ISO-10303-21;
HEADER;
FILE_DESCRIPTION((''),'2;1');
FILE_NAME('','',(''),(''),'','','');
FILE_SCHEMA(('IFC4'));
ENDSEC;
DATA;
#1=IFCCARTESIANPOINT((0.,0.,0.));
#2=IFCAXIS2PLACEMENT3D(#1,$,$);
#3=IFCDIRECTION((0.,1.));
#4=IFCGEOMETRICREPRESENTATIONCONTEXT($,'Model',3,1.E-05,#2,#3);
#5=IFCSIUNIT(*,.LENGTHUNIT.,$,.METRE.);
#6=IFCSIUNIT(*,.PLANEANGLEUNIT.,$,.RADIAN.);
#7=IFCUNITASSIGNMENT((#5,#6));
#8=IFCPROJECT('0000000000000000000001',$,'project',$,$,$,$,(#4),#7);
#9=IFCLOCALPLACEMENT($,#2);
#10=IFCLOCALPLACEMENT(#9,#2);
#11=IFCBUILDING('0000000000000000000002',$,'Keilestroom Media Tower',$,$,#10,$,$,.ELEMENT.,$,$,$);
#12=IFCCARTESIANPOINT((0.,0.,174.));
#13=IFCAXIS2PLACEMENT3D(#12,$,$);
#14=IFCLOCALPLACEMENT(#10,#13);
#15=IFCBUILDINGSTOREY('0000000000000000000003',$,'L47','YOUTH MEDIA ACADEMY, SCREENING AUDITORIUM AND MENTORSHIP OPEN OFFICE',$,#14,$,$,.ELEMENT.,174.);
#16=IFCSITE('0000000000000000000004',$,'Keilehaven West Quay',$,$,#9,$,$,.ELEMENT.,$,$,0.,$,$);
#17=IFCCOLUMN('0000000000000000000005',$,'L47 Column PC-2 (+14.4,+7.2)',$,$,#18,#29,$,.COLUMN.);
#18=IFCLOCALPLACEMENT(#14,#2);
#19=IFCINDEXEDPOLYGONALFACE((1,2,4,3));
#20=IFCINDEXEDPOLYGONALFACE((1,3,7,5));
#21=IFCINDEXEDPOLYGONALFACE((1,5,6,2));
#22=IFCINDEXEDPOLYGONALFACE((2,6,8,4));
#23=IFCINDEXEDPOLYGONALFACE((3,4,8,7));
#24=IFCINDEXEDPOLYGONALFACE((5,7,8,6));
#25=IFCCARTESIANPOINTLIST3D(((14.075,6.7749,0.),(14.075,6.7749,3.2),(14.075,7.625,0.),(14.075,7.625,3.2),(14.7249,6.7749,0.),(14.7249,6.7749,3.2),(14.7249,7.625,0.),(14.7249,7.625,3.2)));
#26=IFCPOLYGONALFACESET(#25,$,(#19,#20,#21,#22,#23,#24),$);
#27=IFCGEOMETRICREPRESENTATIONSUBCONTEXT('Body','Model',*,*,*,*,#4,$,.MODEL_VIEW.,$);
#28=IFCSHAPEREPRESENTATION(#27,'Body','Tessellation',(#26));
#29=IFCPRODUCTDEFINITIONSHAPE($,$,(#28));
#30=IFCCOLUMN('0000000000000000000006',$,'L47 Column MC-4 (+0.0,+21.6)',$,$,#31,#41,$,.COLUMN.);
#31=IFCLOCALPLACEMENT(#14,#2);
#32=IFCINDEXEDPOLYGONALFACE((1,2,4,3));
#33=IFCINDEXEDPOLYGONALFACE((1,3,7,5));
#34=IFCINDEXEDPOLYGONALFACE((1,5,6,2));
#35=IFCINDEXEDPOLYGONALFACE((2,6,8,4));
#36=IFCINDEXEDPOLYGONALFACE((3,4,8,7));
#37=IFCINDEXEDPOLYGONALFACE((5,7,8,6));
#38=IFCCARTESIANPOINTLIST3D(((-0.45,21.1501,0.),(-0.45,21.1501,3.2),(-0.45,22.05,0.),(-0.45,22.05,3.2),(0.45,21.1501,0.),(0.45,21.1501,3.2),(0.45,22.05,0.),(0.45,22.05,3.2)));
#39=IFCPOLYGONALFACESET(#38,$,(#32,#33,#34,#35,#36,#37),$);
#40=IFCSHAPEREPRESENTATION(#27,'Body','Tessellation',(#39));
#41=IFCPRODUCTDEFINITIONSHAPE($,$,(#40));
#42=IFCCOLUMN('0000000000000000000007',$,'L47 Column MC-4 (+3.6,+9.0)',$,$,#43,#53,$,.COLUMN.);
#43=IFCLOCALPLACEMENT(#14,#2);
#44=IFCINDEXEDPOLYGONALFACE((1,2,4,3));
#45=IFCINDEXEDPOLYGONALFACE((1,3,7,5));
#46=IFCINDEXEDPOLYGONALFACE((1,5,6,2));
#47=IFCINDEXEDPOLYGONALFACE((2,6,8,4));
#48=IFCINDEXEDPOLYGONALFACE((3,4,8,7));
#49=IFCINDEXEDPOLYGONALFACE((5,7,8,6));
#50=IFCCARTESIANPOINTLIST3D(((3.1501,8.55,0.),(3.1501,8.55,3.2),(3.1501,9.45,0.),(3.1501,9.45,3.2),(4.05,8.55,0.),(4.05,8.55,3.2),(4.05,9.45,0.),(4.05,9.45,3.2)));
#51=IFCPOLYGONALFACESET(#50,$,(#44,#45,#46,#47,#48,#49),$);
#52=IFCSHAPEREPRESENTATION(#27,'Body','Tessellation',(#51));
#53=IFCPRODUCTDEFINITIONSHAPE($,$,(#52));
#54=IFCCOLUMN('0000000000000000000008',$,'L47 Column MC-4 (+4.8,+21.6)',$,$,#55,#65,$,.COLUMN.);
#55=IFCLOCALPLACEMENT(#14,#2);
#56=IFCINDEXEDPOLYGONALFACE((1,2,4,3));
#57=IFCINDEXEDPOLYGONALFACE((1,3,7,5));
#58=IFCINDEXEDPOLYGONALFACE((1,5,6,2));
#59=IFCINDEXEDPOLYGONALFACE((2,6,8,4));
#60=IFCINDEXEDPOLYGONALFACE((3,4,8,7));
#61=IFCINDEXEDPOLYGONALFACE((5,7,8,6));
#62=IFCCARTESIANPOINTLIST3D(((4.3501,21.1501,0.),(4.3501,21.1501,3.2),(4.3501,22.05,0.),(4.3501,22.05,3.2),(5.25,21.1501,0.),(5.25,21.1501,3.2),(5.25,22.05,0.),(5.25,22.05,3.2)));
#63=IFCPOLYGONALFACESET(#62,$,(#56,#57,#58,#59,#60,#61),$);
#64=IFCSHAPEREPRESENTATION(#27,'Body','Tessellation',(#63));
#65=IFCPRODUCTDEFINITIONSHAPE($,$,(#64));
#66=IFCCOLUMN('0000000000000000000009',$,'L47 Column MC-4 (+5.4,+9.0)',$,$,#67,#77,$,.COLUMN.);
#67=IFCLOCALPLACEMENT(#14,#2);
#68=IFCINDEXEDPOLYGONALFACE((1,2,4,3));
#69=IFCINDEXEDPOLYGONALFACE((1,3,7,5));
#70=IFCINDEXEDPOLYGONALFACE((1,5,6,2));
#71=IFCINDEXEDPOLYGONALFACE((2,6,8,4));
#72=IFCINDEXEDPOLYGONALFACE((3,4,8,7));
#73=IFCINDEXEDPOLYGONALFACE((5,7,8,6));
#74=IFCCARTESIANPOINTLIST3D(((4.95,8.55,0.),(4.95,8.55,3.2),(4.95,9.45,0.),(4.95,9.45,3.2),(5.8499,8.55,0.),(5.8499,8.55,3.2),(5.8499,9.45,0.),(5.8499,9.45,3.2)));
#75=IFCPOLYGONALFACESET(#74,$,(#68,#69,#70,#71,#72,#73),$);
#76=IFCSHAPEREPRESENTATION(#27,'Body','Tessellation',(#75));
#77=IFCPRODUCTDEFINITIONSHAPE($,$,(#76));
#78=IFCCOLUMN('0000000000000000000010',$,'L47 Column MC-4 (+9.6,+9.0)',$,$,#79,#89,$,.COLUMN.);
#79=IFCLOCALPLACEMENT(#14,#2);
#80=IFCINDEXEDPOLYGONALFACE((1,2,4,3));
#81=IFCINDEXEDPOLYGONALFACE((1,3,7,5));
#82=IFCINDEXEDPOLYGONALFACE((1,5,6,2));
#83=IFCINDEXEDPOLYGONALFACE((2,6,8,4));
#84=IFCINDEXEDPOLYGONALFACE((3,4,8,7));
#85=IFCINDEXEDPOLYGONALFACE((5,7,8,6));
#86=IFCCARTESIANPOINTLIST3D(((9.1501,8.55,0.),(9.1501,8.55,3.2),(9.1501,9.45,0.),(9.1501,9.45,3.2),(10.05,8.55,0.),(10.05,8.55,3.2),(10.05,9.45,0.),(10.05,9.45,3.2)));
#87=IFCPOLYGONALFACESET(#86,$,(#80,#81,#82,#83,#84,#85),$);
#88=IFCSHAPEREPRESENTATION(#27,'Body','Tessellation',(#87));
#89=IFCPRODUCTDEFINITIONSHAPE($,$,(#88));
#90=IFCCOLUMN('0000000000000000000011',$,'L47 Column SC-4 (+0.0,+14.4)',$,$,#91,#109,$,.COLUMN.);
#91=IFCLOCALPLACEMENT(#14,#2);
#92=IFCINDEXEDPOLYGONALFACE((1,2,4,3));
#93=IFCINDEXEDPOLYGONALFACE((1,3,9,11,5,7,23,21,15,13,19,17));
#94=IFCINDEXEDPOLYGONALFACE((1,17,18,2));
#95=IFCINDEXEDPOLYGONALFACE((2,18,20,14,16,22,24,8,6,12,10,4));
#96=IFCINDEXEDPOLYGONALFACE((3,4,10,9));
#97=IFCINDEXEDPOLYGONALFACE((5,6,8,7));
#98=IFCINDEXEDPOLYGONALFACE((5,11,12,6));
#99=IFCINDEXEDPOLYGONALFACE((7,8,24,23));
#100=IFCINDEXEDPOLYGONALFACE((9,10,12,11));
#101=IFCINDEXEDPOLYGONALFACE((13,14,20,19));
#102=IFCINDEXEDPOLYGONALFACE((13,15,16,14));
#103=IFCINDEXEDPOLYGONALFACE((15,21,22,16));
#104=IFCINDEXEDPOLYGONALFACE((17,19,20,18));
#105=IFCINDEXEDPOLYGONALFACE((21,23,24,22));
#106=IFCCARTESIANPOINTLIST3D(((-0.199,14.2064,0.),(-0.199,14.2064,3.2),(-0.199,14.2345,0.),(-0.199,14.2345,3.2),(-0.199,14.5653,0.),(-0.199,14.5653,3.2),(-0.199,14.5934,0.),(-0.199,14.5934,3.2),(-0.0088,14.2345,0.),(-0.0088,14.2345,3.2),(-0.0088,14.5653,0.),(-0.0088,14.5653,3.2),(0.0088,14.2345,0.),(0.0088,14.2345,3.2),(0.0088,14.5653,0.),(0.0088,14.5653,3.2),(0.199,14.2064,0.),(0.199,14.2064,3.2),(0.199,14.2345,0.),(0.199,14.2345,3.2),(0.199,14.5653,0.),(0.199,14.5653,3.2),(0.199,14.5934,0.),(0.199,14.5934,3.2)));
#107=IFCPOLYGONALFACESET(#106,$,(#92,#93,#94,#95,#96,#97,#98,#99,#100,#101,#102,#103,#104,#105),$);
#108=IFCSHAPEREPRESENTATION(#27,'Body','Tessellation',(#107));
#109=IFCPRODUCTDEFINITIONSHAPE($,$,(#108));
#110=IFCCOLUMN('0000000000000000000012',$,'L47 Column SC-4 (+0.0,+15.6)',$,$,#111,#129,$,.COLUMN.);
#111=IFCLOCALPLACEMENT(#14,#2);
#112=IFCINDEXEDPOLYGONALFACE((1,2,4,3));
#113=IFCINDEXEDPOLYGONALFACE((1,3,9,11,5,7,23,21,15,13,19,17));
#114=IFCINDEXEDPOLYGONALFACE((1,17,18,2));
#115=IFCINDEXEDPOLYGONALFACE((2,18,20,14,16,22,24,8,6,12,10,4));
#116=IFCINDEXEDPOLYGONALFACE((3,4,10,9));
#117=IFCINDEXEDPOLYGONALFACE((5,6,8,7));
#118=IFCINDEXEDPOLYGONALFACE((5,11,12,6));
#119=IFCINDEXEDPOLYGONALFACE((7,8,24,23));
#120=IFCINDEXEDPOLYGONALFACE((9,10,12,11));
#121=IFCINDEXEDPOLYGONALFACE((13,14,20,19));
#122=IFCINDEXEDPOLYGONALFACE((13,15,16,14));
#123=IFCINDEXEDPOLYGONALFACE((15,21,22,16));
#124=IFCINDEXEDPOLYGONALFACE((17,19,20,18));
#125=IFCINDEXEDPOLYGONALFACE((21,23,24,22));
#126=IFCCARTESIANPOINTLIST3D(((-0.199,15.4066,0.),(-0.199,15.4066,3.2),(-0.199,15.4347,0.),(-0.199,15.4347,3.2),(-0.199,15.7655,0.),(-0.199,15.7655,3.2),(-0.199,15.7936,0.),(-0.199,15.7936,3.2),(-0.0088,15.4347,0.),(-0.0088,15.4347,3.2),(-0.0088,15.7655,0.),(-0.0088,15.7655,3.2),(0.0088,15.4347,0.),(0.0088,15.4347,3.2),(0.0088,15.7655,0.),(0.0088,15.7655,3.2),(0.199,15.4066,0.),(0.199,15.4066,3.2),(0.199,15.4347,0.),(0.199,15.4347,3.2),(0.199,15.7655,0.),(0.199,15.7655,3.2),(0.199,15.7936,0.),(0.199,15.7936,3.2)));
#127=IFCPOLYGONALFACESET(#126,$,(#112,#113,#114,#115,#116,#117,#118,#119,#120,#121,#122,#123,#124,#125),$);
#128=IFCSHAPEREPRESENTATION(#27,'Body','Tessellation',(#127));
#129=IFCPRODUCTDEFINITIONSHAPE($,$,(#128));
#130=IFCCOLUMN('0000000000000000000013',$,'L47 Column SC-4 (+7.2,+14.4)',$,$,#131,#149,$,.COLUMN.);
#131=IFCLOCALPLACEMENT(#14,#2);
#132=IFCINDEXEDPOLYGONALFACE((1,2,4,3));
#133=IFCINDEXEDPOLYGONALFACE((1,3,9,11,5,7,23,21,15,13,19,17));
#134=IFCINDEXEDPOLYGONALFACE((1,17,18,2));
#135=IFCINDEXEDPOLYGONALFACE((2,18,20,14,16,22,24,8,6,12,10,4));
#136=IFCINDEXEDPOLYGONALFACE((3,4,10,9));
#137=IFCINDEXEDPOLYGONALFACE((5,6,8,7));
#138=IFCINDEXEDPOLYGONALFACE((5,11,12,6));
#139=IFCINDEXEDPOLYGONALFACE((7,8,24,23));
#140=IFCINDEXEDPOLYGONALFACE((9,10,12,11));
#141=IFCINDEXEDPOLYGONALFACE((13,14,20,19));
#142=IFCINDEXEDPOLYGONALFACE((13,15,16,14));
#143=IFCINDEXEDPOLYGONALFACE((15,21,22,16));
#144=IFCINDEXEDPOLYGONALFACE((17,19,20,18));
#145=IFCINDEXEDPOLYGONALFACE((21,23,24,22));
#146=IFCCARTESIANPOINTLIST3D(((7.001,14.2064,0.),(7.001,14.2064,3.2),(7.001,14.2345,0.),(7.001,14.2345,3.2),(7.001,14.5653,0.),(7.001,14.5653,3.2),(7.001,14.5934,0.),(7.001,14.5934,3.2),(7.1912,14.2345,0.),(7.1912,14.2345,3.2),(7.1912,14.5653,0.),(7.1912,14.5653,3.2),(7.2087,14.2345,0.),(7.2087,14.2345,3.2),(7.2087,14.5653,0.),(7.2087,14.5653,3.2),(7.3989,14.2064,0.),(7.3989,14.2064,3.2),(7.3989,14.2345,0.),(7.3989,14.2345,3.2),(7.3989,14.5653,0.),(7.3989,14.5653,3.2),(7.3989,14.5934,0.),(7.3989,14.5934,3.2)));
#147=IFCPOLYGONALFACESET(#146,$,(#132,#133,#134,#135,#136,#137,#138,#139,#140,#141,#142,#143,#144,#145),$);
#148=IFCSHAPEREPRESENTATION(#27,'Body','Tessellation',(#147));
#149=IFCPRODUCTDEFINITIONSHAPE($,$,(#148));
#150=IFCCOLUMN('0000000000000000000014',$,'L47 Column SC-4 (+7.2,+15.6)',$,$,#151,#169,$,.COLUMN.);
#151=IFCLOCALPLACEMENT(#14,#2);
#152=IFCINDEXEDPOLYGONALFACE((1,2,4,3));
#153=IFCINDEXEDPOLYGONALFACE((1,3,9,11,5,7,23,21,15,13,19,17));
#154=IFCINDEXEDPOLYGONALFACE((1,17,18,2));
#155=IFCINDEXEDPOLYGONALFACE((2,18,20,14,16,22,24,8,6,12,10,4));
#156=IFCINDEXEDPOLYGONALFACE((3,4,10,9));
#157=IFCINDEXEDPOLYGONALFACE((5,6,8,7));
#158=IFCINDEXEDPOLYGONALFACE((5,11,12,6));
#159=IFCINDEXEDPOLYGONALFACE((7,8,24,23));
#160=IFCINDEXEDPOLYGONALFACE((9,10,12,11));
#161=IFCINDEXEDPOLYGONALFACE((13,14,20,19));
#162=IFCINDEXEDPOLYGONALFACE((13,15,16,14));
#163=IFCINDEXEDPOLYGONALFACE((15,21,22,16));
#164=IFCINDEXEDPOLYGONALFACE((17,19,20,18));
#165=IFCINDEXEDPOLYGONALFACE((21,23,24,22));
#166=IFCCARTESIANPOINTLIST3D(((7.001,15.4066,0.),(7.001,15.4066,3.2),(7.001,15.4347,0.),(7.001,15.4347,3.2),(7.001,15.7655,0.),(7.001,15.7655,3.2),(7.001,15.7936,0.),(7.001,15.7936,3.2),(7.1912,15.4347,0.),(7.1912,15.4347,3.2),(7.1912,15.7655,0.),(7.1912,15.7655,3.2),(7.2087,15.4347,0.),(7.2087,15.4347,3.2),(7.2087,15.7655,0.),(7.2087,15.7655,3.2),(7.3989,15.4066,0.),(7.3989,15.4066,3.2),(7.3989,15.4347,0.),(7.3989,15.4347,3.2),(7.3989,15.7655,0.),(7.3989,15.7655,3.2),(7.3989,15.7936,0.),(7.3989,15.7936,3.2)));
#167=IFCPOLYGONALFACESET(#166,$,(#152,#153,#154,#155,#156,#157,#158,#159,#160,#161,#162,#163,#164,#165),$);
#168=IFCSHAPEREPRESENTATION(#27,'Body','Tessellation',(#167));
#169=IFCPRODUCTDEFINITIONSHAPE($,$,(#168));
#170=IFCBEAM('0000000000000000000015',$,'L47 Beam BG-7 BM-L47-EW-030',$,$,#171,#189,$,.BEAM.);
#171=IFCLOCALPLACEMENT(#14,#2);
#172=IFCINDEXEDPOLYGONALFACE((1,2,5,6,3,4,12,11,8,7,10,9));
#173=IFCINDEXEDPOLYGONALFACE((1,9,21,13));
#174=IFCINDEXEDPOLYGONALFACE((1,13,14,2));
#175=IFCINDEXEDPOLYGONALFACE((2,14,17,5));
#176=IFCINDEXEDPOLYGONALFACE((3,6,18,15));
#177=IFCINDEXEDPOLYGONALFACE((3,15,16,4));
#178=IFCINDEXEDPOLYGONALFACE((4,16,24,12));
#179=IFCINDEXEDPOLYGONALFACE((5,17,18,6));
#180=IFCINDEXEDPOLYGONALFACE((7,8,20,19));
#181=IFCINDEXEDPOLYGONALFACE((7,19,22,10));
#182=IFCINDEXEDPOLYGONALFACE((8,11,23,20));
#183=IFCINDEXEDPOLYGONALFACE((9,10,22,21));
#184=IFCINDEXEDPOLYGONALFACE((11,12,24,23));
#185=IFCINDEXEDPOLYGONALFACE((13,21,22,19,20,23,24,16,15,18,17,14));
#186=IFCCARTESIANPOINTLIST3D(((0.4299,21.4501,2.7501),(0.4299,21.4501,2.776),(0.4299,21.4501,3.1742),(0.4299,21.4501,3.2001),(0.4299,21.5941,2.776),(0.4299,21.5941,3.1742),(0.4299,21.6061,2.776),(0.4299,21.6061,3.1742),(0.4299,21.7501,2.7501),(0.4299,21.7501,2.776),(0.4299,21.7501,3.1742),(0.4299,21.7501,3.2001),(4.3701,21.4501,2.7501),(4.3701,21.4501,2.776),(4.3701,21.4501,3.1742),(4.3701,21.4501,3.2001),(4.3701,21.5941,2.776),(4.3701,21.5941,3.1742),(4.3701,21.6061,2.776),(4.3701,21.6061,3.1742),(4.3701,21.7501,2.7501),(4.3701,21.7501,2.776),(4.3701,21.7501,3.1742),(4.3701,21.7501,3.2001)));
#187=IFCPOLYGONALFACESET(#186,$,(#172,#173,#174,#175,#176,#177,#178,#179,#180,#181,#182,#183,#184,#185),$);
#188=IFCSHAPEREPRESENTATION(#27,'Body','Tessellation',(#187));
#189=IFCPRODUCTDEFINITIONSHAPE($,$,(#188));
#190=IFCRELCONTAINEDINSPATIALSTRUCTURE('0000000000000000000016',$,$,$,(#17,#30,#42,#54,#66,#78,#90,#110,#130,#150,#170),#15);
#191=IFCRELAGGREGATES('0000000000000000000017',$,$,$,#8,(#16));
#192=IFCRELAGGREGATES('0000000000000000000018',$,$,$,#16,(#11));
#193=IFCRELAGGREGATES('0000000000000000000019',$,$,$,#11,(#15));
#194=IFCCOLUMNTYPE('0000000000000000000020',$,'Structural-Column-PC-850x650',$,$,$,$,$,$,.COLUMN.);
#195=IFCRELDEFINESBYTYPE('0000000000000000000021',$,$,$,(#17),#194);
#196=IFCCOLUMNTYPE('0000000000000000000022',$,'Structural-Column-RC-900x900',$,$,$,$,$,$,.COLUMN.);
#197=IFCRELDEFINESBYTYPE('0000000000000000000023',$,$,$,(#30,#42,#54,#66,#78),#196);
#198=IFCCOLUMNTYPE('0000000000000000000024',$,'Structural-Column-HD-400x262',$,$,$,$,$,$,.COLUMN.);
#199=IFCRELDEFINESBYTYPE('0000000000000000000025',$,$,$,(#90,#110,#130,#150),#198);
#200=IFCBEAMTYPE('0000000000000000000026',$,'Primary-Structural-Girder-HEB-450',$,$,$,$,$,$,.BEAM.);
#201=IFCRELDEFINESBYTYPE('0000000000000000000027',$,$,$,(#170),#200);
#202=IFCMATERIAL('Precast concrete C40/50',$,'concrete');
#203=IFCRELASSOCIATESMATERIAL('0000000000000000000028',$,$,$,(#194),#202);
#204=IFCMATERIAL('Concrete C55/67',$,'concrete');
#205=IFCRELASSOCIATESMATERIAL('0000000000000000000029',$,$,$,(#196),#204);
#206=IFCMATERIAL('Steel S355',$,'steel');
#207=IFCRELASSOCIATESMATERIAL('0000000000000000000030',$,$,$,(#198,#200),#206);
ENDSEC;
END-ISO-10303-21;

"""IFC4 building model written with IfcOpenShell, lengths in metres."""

from ifc_helpers import new_model, si_unit, direction, frame, origin, origin_2d, place, context, subcontext, project, spatial, rectangle, i_section, extrude, source, transform, mapped, material, material_profile, profile_set, type_object, element, save


model = new_model("IFC4")

# Units and contexts
model_context = context("Model", 3, precision=1e-05, world=origin(), true_north=direction((0.0, 1.0)))
body_context = subcontext(model_context, "Body", "Model", "MODEL_VIEW")
ifc_project = project(units=[si_unit("LENGTHUNIT", "METRE"), si_unit("PLANEANGLEUNIT", "RADIAN")], contexts=[model_context])

# Site, building, storey
site_placement = place(None, origin())
site = spatial("IfcSite", under=ifc_project, at=site_placement, Name="Keilehaven West Quay", CompositionType="ELEMENT", RefElevation=0.0)
building_placement = place(site_placement, origin())
building = spatial("IfcBuilding", under=site, at=building_placement, Name="Keilestroom Media Tower", CompositionType="ELEMENT")
storey_placement = place(building_placement, frame((0.0, 0.0, 174.0)))
storey = spatial("IfcBuildingStorey", under=building, at=storey_placement, Name="L47", Description="YOUTH MEDIA ACADEMY, SCREENING AUDITORIUM AND MENTORSHIP OPEN OFFICE", CompositionType="ELEMENT", Elevation=174.0)

# Columns
ifc_material_1 = material(Name="Precast concrete C40/50", Category="concrete")
ifc_material_profile_1 = material_profile(ifc_material_1, rectangle(XDim=0.6499, YDim=0.8501, at=origin_2d()), Name="PC 850x650")
ifc_profile_set_1 = profile_set([ifc_material_profile_1], Name="Precast concrete C40/50")
column_type_1 = type_object("IfcColumnType", Name="Structural-Column-PC-850x650", PredefinedType="COLUMN", material=ifc_profile_set_1)
shared_shape_1 = source(origin(), body_context, "Body", "SweptSolid", [
    extrude(rectangle(XDim=0.6499, YDim=0.8501, at=origin_2d()), origin(), (0.0, 0.0, 1.0), 3.2),
])
column_placement = place(storey_placement, frame((14.3999, 7.2, 0.0), z_axis=(0.0, 0.0, 1.0), x_axis=(1.0, 0.0, 0.0)))
element("IfcColumn", 1, at=column_placement, inside=storey, type_object=column_type_1, Name="L47 Column PC-2 (+14.4,+7.2)", PredefinedType="COLUMN", context=body_context, shape_type="MappedRepresentation", body=[
    mapped(shared_shape_1, transform((0.0, 0.0, 0.0), x_axis=(1.0, 0.0, 0.0), y_axis=(0.0, 1.0, 0.0), z_axis=(0.0, 0.0, 1.0), scale=1.0)),
])
ifc_material_2 = material(Name="Concrete C55/67", Category="concrete")
ifc_material_profile_2 = material_profile(ifc_material_2, rectangle(XDim=0.8999, YDim=0.8999, at=origin_2d()), Name="RC 900x900")
ifc_profile_set_2 = profile_set([ifc_material_profile_2], Name="Concrete C55/67")
column_type_2 = type_object("IfcColumnType", Name="Structural-Column-RC-900x900", PredefinedType="COLUMN", material=ifc_profile_set_2)
shared_shape_2 = source(origin(), body_context, "Body", "SweptSolid", [
    extrude(rectangle(XDim=0.8999, YDim=0.8999, at=origin_2d()), origin(), (0.0, 0.0, 1.0), 3.2),
])
for number, where, z_axis, x_axis, name in (
    (2, (0.0, 21.6001, 0.0), (0.0, 0.0, 1.0), (1.0, 0.0, 0.0), "L47 Column MC-4 (+0.0,+21.6)"),
    (3, (3.6001, 9.0, 0.0), (0.0, 0.0, 1.0), (1.0, 0.0, 0.0), "L47 Column MC-4 (+3.6,+9.0)"),
    (4, (4.8, 21.6001, 0.0), (0.0, 0.0, 1.0), (1.0, 0.0, 0.0), "L47 Column MC-4 (+4.8,+21.6)"),
    (5, (5.3999, 9.0, 0.0), (0.0, 0.0, 1.0), (1.0, 0.0, 0.0), "L47 Column MC-4 (+5.4,+9.0)"),
    (6, (9.6001, 9.0, 0.0), (0.0, 0.0, 1.0), (1.0, 0.0, 0.0), "L47 Column MC-4 (+9.6,+9.0)"),
):
    element("IfcColumn", number, at=place(storey_placement, frame(where, z_axis=z_axis, x_axis=x_axis)), inside=storey, type_object=column_type_2, Name=name, PredefinedType="COLUMN", context=body_context, shape_type="MappedRepresentation", body=[
        mapped(shared_shape_2, transform((0.0, 0.0, 0.0), x_axis=(1.0, 0.0, 0.0), y_axis=(0.0, 1.0, 0.0), z_axis=(0.0, 0.0, 1.0), scale=1.0)),
    ])
ifc_material_3 = material(Name="Steel S355", Category="steel")
ifc_material_profile_3 = material_profile(ifc_material_3, i_section(OverallWidth=0.3979, OverallDepth=0.387, WebThickness=0.0176, FlangeThickness=0.0281, at=origin_2d()), Name="HD 400x262")
ifc_profile_set_3 = profile_set([ifc_material_profile_3], Name="Steel S355")
column_type_3 = type_object("IfcColumnType", Name="Structural-Column-HD-400x262", PredefinedType="COLUMN", material=ifc_profile_set_3)
shared_shape_3 = source(origin(), body_context, "Body", "SweptSolid", [
    extrude(i_section(OverallWidth=0.3979, OverallDepth=0.387, WebThickness=0.0176, FlangeThickness=0.0281, at=origin_2d()), origin(), (0.0, 0.0, 1.0), 3.2),
])
for number, where, z_axis, x_axis, name in (
    (7, (0.0, 14.3999, 0.0), (0.0, 0.0, 1.0), (1.0, 0.0, 0.0), "L47 Column SC-4 (+0.0,+14.4)"),
    (8, (0.0, 15.6001, 0.0), (0.0, 0.0, 1.0), (1.0, 0.0, 0.0), "L47 Column SC-4 (+0.0,+15.6)"),
    (9, (7.2, 14.3999, 0.0), (0.0, 0.0, 1.0), (1.0, 0.0, 0.0), "L47 Column SC-4 (+7.2,+14.4)"),
    (10, (7.2, 15.6001, 0.0), (0.0, 0.0, 1.0), (1.0, 0.0, 0.0), "L47 Column SC-4 (+7.2,+15.6)"),
):
    element("IfcColumn", number, at=place(storey_placement, frame(where, z_axis=z_axis, x_axis=x_axis)), inside=storey, type_object=column_type_3, Name=name, PredefinedType="COLUMN", context=body_context, shape_type="MappedRepresentation", body=[
        mapped(shared_shape_3, transform((0.0, 0.0, 0.0), x_axis=(1.0, 0.0, 0.0), y_axis=(0.0, 1.0, 0.0), z_axis=(0.0, 0.0, 1.0), scale=1.0)),
    ])

# Beam
ifc_material_profile_4 = material_profile(ifc_material_3, i_section(OverallWidth=0.3, OverallDepth=0.45, WebThickness=0.012, FlangeThickness=0.0259, at=origin_2d()), Name="HEB 450")
ifc_profile_set_4 = profile_set([ifc_material_profile_4], Name="Steel S355")
beam_type_1 = type_object("IfcBeamType", Name="Primary-Structural-Girder-HEB-450", PredefinedType="BEAM", material=ifc_profile_set_4)
shared_shape_4 = source(origin(), body_context, "Body", "SweptSolid", [
    extrude(i_section(OverallWidth=0.3, OverallDepth=0.45, WebThickness=0.012, FlangeThickness=0.0259, at=origin_2d()), origin(), (0.0, 0.0, 1.0), 3.9402),
])
beam_1_placement = place(storey_placement, frame((0.4299, 21.6001, 2.9751), z_axis=(1.0, 0.0, 0.0), x_axis=(0.0, 1.0, 0.0)))
element("IfcBeam", 11, at=beam_1_placement, inside=storey, type_object=beam_type_1, Name="L47 Beam BG-7 BM-L47-EW-030", PredefinedType="BEAM", context=body_context, shape_type="MappedRepresentation", body=[
    mapped(shared_shape_4, transform((0.0, 0.0, 0.0), x_axis=(1.0, 0.0, 0.0), y_axis=(0.0, 1.0, 0.0), z_axis=(0.0, 0.0, 1.0), scale=1.0)),
])

save(model, "model.ifc")
